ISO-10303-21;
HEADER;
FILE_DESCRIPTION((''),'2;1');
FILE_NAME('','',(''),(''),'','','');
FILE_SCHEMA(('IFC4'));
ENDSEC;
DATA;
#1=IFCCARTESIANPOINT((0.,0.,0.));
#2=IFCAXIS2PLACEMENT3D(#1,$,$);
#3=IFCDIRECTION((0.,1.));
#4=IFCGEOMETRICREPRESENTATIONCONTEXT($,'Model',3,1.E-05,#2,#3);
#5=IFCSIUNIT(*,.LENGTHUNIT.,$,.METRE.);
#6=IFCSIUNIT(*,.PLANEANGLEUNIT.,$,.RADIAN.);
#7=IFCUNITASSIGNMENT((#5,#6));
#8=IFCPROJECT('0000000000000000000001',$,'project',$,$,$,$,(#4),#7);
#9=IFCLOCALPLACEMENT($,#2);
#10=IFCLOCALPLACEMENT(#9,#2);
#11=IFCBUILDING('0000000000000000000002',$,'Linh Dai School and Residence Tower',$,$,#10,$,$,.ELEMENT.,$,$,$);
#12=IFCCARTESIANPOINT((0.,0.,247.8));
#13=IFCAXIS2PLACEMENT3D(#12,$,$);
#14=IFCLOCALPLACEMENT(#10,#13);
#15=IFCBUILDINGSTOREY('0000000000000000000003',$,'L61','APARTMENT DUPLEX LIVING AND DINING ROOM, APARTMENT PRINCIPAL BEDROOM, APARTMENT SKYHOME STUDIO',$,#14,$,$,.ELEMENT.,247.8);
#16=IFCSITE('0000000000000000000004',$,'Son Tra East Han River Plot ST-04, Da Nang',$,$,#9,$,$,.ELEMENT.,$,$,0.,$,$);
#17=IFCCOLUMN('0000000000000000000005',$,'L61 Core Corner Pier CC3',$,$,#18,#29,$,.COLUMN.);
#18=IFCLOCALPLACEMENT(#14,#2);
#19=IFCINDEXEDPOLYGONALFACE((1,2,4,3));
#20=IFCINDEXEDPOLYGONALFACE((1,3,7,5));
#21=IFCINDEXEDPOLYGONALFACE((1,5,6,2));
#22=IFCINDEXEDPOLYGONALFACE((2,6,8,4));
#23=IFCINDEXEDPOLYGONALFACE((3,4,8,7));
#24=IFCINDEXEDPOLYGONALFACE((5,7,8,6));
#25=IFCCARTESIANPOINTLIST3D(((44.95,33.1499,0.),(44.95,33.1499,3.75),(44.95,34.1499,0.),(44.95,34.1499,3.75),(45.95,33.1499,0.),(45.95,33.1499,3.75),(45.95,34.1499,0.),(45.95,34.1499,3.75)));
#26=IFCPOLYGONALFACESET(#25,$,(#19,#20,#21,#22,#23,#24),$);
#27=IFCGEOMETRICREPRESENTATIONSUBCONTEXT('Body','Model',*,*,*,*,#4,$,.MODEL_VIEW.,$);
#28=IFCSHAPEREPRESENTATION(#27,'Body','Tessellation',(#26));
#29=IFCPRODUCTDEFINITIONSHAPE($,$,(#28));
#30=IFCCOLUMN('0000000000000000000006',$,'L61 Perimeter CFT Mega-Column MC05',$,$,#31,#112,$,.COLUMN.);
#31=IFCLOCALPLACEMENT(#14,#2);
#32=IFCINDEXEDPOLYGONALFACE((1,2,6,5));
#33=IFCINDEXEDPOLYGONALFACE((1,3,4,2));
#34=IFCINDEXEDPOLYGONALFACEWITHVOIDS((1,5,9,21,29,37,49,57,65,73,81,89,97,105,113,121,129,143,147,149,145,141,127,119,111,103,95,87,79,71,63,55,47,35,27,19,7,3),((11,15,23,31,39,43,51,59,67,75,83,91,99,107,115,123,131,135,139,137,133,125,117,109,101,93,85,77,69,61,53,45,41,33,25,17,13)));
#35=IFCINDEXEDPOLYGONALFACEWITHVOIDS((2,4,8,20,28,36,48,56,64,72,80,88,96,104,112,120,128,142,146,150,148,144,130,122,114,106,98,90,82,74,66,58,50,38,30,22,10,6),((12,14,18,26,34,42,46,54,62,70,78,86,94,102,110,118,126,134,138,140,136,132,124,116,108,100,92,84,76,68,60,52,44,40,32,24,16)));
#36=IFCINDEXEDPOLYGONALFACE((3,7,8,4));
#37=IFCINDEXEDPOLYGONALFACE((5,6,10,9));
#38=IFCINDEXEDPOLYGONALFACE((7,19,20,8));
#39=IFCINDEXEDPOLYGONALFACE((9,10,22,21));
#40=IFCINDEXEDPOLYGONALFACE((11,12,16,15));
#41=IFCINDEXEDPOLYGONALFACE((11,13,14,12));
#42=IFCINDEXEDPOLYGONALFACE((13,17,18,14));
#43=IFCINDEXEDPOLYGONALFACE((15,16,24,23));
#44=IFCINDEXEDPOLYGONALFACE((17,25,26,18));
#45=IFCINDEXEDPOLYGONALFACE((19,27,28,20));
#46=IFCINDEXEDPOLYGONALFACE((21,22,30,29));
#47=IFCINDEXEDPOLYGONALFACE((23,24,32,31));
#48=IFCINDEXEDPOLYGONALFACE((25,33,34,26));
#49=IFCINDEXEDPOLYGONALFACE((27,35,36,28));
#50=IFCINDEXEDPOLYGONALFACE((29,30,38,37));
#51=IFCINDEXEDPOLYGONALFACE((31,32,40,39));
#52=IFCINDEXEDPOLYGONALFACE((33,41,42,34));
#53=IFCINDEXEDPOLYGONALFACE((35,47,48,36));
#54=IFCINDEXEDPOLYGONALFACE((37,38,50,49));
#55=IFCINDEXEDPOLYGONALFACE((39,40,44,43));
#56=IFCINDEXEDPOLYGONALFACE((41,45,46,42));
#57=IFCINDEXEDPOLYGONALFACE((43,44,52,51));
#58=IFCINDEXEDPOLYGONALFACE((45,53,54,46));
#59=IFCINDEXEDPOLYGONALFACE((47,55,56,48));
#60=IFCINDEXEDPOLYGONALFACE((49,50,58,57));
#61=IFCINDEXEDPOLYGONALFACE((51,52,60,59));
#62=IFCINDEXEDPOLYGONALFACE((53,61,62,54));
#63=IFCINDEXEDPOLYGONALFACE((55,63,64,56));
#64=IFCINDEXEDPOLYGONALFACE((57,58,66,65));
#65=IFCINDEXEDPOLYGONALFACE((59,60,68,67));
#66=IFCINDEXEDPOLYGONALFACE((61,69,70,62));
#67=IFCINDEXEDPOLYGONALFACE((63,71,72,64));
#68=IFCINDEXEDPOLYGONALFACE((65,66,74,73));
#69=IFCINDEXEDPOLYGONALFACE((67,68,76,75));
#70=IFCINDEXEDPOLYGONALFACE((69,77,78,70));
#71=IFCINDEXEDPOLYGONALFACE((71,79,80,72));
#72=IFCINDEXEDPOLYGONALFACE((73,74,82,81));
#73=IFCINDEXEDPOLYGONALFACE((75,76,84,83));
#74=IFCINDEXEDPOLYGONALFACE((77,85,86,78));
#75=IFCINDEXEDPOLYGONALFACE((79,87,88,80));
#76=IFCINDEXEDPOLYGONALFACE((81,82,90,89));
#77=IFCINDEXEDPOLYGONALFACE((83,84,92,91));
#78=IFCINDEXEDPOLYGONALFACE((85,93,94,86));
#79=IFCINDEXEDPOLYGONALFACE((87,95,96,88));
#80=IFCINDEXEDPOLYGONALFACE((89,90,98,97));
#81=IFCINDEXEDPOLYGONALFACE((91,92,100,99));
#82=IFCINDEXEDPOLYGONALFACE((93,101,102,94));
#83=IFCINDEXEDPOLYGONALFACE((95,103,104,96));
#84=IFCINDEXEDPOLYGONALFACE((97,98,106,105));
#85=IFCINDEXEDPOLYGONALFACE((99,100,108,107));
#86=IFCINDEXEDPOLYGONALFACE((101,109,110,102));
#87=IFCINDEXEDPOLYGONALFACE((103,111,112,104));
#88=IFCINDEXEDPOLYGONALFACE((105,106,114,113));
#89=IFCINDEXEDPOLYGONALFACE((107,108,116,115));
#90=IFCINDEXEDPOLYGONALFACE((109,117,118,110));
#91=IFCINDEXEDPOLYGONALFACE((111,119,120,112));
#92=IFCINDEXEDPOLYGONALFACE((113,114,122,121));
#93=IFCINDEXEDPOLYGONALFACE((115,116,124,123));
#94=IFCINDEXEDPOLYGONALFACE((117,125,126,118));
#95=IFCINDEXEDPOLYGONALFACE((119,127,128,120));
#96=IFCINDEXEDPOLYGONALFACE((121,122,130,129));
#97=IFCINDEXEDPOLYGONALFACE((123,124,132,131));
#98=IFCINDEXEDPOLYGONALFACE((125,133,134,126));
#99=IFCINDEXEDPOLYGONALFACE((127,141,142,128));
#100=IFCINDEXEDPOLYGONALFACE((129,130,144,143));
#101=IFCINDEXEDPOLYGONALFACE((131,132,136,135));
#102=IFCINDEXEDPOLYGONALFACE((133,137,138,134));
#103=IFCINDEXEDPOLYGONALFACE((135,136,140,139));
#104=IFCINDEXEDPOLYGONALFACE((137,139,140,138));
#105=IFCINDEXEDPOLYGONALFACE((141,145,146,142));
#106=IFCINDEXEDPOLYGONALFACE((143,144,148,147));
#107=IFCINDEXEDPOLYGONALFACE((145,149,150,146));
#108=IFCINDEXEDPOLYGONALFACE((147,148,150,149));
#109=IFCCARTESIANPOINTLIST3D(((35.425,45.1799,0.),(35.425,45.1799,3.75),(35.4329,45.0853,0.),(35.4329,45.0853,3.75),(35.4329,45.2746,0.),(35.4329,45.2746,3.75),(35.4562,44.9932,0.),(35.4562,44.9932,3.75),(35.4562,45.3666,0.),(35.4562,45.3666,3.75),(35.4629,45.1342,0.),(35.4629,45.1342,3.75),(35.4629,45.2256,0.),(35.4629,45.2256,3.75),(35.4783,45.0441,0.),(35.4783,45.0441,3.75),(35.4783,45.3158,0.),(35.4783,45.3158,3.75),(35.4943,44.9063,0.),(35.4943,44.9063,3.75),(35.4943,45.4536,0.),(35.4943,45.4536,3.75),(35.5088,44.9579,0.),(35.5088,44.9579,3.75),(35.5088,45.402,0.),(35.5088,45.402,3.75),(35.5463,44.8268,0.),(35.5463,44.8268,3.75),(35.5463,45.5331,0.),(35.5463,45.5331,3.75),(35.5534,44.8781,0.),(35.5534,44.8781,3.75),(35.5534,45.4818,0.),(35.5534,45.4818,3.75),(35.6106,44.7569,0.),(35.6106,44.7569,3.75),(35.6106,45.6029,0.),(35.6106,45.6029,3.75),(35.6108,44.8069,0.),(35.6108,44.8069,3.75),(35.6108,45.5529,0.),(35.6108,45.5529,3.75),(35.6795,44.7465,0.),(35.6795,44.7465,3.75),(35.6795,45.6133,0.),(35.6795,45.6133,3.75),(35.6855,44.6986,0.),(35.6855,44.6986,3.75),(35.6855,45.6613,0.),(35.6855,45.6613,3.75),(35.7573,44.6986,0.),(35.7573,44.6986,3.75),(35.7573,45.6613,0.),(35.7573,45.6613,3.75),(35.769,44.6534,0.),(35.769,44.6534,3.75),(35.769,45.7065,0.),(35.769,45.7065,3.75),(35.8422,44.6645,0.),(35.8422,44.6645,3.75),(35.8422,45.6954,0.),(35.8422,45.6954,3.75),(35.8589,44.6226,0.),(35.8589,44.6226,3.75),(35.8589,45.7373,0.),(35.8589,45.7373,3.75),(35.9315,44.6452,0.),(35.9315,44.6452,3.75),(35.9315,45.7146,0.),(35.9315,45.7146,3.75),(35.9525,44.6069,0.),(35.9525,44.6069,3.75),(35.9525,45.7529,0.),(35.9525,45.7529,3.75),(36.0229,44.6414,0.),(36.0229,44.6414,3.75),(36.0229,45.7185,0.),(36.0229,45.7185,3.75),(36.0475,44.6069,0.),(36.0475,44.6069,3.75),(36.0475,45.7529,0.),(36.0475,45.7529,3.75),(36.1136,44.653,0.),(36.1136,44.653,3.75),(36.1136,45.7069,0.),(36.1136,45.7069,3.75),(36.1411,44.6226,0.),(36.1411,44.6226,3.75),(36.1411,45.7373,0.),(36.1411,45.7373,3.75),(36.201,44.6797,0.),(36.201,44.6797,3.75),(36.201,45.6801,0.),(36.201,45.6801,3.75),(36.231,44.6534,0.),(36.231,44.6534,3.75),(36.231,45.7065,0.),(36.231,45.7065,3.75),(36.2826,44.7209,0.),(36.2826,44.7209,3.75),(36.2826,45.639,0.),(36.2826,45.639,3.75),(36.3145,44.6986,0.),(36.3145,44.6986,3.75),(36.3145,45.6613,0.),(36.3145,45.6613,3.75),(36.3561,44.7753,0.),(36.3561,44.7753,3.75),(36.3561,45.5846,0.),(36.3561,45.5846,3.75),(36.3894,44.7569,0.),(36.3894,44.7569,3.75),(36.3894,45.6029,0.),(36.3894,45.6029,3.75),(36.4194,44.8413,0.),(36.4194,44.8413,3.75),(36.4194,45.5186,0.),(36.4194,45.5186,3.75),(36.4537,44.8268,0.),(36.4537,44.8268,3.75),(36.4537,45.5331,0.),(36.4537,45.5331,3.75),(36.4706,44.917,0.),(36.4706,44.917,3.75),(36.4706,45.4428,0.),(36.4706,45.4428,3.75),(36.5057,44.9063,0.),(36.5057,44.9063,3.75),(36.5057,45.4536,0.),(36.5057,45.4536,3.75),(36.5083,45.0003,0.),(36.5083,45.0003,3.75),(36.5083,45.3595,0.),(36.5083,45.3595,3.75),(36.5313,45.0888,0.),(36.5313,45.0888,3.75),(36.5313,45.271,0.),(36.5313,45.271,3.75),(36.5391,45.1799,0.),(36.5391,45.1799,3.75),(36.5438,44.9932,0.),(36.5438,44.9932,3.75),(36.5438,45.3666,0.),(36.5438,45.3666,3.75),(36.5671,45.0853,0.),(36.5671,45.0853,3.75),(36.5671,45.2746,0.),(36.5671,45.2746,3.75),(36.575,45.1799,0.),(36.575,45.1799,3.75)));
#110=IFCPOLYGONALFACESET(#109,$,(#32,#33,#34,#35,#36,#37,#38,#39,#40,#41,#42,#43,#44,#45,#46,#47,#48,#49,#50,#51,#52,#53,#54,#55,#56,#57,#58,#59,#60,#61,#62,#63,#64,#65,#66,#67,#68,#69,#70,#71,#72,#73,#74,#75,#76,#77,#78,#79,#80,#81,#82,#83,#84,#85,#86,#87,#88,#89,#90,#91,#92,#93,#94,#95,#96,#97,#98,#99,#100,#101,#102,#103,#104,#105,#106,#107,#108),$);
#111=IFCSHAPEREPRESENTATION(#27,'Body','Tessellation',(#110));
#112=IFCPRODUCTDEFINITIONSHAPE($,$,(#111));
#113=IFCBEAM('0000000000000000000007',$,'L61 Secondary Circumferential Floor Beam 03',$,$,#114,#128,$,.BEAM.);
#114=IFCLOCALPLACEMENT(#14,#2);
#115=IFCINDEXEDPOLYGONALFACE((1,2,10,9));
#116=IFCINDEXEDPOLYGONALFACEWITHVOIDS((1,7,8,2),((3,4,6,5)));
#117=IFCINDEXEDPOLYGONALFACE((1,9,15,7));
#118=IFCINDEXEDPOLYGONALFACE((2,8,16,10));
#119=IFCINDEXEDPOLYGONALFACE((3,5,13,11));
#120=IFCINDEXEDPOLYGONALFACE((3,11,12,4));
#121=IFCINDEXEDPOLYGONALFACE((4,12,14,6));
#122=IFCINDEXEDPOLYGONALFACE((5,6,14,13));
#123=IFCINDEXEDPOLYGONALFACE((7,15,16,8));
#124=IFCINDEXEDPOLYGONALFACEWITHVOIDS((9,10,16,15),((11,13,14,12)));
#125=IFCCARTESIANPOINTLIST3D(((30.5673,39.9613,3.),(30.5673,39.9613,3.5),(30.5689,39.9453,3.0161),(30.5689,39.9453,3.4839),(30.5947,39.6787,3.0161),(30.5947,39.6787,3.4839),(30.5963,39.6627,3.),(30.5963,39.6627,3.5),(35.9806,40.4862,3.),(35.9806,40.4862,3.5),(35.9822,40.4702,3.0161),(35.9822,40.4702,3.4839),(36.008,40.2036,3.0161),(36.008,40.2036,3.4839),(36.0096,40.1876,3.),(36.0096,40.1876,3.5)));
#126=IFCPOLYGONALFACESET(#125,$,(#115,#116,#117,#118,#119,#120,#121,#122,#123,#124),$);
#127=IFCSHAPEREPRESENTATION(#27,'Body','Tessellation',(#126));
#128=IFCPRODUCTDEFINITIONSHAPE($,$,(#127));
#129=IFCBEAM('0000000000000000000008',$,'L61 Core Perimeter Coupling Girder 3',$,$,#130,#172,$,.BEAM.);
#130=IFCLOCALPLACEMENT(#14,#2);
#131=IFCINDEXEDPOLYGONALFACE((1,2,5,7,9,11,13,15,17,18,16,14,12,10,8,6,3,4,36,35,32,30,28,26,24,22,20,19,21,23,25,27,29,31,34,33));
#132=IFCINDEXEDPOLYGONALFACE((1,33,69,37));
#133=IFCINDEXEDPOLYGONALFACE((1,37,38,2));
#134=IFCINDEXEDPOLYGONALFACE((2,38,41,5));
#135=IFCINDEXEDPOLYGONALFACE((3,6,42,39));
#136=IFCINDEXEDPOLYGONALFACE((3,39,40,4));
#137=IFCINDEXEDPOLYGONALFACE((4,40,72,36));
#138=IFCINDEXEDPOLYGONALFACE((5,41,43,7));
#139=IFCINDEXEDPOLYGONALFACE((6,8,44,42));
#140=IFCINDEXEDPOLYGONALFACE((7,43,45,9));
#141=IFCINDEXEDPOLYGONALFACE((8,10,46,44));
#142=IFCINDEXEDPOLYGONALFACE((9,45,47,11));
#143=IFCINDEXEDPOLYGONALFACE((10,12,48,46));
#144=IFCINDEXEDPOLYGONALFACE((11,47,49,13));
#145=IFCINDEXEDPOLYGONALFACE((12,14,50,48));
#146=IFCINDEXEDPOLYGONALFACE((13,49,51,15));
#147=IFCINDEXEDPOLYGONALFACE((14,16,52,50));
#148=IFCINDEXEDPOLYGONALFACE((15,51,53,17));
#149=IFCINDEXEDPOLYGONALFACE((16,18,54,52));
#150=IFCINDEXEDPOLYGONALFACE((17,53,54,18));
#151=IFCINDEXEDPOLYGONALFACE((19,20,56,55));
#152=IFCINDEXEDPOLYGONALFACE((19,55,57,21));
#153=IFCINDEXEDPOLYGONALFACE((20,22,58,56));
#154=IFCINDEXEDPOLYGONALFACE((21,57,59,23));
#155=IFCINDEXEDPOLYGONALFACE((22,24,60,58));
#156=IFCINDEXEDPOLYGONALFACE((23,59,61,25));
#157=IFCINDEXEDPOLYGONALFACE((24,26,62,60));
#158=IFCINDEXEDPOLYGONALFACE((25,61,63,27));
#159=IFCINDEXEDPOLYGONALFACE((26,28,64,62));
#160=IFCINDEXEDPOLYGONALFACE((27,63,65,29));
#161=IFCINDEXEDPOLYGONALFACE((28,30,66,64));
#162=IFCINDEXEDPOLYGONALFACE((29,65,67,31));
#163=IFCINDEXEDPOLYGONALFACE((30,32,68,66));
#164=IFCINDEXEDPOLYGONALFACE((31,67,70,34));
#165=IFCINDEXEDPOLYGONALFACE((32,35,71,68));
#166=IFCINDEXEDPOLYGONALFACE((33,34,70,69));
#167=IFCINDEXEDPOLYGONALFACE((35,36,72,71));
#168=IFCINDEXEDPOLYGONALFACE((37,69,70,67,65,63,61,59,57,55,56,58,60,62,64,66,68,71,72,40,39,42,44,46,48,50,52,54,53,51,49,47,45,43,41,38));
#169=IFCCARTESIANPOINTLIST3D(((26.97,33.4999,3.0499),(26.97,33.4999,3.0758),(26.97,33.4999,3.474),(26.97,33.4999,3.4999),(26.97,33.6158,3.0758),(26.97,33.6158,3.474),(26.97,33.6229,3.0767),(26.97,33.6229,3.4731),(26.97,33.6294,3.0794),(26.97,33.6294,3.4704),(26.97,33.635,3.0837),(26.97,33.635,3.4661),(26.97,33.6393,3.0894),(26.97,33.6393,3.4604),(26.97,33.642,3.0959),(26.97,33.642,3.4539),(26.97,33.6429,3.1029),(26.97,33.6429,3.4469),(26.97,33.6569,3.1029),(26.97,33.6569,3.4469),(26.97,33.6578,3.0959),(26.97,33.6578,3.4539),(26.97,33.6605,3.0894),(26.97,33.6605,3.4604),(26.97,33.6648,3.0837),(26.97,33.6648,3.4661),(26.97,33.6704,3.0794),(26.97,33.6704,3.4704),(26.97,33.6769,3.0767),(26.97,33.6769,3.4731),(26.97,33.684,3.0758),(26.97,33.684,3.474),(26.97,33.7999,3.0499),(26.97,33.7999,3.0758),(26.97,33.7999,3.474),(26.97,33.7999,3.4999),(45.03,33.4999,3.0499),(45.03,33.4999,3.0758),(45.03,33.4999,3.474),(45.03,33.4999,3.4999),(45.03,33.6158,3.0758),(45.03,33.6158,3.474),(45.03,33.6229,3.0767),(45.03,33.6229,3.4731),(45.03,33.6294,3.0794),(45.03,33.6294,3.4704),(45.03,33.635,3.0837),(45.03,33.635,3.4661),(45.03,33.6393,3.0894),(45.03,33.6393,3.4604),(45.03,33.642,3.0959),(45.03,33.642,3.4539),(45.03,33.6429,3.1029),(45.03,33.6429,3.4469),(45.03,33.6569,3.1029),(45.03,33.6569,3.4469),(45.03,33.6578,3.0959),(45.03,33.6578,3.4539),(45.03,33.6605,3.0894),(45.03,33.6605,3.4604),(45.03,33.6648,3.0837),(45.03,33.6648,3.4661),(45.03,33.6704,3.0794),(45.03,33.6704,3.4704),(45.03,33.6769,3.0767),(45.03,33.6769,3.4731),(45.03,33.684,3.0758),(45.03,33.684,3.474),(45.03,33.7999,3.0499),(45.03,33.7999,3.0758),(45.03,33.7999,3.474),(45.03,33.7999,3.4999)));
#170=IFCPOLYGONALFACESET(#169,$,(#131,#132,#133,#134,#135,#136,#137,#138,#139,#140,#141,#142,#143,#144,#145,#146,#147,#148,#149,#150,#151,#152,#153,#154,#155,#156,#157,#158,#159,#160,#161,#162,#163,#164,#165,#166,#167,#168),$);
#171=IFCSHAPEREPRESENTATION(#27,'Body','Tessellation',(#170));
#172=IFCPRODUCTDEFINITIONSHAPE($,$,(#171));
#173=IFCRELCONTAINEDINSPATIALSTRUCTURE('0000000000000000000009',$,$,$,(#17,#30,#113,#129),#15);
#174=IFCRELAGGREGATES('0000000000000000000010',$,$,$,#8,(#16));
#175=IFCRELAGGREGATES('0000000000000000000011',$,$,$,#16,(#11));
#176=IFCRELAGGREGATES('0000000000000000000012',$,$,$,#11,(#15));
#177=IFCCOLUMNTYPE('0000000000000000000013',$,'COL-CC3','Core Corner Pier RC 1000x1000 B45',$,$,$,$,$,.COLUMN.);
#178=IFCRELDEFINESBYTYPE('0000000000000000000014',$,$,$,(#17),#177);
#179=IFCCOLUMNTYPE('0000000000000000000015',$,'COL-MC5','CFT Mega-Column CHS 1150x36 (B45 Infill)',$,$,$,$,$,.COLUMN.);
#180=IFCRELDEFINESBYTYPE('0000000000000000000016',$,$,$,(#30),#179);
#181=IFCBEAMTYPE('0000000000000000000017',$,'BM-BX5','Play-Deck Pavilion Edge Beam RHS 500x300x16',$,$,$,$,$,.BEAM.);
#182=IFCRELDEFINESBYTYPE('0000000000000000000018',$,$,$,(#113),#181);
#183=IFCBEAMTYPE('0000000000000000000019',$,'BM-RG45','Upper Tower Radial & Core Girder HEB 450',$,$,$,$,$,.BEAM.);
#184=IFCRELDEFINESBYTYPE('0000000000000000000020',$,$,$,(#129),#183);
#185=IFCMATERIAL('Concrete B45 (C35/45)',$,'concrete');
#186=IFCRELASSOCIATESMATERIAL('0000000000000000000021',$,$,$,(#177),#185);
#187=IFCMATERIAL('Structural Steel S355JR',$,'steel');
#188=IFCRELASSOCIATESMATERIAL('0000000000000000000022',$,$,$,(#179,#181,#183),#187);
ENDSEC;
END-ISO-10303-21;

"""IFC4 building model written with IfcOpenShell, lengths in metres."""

from ifc_helpers import new_model, si_unit, direction, frame, origin, origin_2d, place, context, subcontext, project, spatial, rectangle, hollow_rectangle, hollow_circle, i_section, extrude, material, material_profile, profile_set, type_object, element, save


model = new_model("IFC4")

# Units and contexts
model_context = context("Model", 3, precision=1e-05, world=origin(), true_north=direction((0.0, 1.0)))
body_context = subcontext(model_context, "Body", "Model", "MODEL_VIEW")
ifc_project = project(units=[si_unit("LENGTHUNIT", "METRE"), si_unit("PLANEANGLEUNIT", "RADIAN")], contexts=[model_context])

# Site, building, storey
site_placement = place(None, origin())
site = spatial("IfcSite", under=ifc_project, at=site_placement, Name="Son Tra East Han River Plot ST-04, Da Nang", CompositionType="ELEMENT", RefElevation=0.0)
building_placement = place(site_placement, origin())
building = spatial("IfcBuilding", under=site, at=building_placement, Name="Linh Dai School and Residence Tower", CompositionType="ELEMENT")
storey_placement = place(building_placement, frame((0.0, 0.0, 247.8)))
storey = spatial("IfcBuildingStorey", under=building, at=storey_placement, Name="L61", Description="APARTMENT DUPLEX LIVING AND DINING ROOM, APARTMENT PRINCIPAL BEDROOM, APARTMENT SKYHOME STUDIO", CompositionType="ELEMENT", Elevation=247.8)

# Columns
ifc_material_1 = material(Name="Concrete B45 (C35/45)", Category="concrete")
ifc_material_profile_1 = material_profile(ifc_material_1, rectangle(XDim=1.0, YDim=1.0, at=origin_2d()), Name="RC 1000x1000")
ifc_profile_set_1 = profile_set([ifc_material_profile_1], Name="Concrete B45 (C35/45)")
column_type_1 = type_object("IfcColumnType", Name="COL-CC3", Description="Core Corner Pier RC 1000x1000 B45", PredefinedType="COLUMN", material=ifc_profile_set_1)
column_1_placement = place(storey_placement, frame((45.45, 33.6499, 0.0), z_axis=(0.0, 0.0, 1.0), x_axis=(1.0, 0.0, 0.0)))
element("IfcColumn", 1, at=column_1_placement, inside=storey, type_object=column_type_1, Name="L61 Core Corner Pier CC3", PredefinedType="COLUMN", context=body_context, shape_type="SweptSolid", body=[
    extrude(rectangle(XDim=1.0, YDim=1.0, at=origin_2d()), origin(), (0.0, 0.0, 1.0), 3.75),
])
ifc_material_2 = material(Name="Structural Steel S355JR", Category="steel")
ifc_material_profile_2 = material_profile(ifc_material_2, hollow_circle(Radius=0.575, WallThickness=0.0359, at=origin_2d()), Name="CHS 1150x36")
ifc_profile_set_2 = profile_set([ifc_material_profile_2], Name="Structural Steel S355JR")
column_type_2 = type_object("IfcColumnType", Name="COL-MC5", Description="CFT Mega-Column CHS 1150x36 (B45 Infill)", PredefinedType="COLUMN", material=ifc_profile_set_2)
column_2_placement = place(storey_placement, frame((36.0, 45.1799, 0.0), z_axis=(0.0, 0.0, 1.0), x_axis=(1.0, 0.0, 0.0)))
element("IfcColumn", 2, at=column_2_placement, inside=storey, type_object=column_type_2, Name="L61 Perimeter CFT Mega-Column MC05", PredefinedType="COLUMN", context=body_context, shape_type="SweptSolid", body=[
    extrude(hollow_circle(Radius=0.575, WallThickness=0.0359, at=origin_2d()), origin(), (0.0, 0.0, 1.0), 3.75),
])

# Beams
ifc_material_profile_3 = material_profile(ifc_material_2, hollow_rectangle(XDim=0.3, YDim=0.5, WallThickness=0.0161, at=origin_2d()), Name="RHS 500x300x16")
ifc_profile_set_3 = profile_set([ifc_material_profile_3], Name="Structural Steel S355JR")
beam_type_1 = type_object("IfcBeamType", Name="BM-BX5", Description="Play-Deck Pavilion Edge Beam RHS 500x300x16", PredefinedType="BEAM", material=ifc_profile_set_3)
beam_1_placement = place(storey_placement, frame((35.9951, 40.3369, 3.25), z_axis=(-0.995332, -0.096512, 0.0), x_axis=(0.096512, -0.995332, 0.0)))
element("IfcBeam", 3, at=beam_1_placement, inside=storey, type_object=beam_type_1, Name="L61 Secondary Circumferential Floor Beam 03", PredefinedType="BEAM", context=body_context, shape_type="SweptSolid", body=[
    extrude(hollow_rectangle(XDim=0.3, YDim=0.5, WallThickness=0.0161, at=origin_2d()), origin(), (0.0, 0.0, 1.0), 5.4387),
])
ifc_material_profile_4 = material_profile(ifc_material_2, i_section(OverallWidth=0.3, OverallDepth=0.45, WebThickness=0.0139, FlangeThickness=0.0259, FilletRadius=0.0271, at=origin_2d()), Name="HEB 450")
ifc_profile_set_4 = profile_set([ifc_material_profile_4], Name="Structural Steel S355JR")
beam_type_2 = type_object("IfcBeamType", Name="BM-RG45", Description="Upper Tower Radial & Core Girder HEB 450", PredefinedType="BEAM", material=ifc_profile_set_4)
beam_2_placement = place(storey_placement, frame((45.03, 33.6499, 3.2749), z_axis=(-1.0, 0.0, 0.0), x_axis=(0.0, -1.0, 0.0)))
element("IfcBeam", 4, at=beam_2_placement, inside=storey, type_object=beam_type_2, Name="L61 Core Perimeter Coupling Girder 3", PredefinedType="BEAM", context=body_context, shape_type="SweptSolid", body=[
    extrude(i_section(OverallWidth=0.3, OverallDepth=0.45, WebThickness=0.0139, FlangeThickness=0.0259, FilletRadius=0.0271, at=origin_2d()), origin(), (0.0, 0.0, 1.0), 18.0601),
])

save(model, "model.ifc")
